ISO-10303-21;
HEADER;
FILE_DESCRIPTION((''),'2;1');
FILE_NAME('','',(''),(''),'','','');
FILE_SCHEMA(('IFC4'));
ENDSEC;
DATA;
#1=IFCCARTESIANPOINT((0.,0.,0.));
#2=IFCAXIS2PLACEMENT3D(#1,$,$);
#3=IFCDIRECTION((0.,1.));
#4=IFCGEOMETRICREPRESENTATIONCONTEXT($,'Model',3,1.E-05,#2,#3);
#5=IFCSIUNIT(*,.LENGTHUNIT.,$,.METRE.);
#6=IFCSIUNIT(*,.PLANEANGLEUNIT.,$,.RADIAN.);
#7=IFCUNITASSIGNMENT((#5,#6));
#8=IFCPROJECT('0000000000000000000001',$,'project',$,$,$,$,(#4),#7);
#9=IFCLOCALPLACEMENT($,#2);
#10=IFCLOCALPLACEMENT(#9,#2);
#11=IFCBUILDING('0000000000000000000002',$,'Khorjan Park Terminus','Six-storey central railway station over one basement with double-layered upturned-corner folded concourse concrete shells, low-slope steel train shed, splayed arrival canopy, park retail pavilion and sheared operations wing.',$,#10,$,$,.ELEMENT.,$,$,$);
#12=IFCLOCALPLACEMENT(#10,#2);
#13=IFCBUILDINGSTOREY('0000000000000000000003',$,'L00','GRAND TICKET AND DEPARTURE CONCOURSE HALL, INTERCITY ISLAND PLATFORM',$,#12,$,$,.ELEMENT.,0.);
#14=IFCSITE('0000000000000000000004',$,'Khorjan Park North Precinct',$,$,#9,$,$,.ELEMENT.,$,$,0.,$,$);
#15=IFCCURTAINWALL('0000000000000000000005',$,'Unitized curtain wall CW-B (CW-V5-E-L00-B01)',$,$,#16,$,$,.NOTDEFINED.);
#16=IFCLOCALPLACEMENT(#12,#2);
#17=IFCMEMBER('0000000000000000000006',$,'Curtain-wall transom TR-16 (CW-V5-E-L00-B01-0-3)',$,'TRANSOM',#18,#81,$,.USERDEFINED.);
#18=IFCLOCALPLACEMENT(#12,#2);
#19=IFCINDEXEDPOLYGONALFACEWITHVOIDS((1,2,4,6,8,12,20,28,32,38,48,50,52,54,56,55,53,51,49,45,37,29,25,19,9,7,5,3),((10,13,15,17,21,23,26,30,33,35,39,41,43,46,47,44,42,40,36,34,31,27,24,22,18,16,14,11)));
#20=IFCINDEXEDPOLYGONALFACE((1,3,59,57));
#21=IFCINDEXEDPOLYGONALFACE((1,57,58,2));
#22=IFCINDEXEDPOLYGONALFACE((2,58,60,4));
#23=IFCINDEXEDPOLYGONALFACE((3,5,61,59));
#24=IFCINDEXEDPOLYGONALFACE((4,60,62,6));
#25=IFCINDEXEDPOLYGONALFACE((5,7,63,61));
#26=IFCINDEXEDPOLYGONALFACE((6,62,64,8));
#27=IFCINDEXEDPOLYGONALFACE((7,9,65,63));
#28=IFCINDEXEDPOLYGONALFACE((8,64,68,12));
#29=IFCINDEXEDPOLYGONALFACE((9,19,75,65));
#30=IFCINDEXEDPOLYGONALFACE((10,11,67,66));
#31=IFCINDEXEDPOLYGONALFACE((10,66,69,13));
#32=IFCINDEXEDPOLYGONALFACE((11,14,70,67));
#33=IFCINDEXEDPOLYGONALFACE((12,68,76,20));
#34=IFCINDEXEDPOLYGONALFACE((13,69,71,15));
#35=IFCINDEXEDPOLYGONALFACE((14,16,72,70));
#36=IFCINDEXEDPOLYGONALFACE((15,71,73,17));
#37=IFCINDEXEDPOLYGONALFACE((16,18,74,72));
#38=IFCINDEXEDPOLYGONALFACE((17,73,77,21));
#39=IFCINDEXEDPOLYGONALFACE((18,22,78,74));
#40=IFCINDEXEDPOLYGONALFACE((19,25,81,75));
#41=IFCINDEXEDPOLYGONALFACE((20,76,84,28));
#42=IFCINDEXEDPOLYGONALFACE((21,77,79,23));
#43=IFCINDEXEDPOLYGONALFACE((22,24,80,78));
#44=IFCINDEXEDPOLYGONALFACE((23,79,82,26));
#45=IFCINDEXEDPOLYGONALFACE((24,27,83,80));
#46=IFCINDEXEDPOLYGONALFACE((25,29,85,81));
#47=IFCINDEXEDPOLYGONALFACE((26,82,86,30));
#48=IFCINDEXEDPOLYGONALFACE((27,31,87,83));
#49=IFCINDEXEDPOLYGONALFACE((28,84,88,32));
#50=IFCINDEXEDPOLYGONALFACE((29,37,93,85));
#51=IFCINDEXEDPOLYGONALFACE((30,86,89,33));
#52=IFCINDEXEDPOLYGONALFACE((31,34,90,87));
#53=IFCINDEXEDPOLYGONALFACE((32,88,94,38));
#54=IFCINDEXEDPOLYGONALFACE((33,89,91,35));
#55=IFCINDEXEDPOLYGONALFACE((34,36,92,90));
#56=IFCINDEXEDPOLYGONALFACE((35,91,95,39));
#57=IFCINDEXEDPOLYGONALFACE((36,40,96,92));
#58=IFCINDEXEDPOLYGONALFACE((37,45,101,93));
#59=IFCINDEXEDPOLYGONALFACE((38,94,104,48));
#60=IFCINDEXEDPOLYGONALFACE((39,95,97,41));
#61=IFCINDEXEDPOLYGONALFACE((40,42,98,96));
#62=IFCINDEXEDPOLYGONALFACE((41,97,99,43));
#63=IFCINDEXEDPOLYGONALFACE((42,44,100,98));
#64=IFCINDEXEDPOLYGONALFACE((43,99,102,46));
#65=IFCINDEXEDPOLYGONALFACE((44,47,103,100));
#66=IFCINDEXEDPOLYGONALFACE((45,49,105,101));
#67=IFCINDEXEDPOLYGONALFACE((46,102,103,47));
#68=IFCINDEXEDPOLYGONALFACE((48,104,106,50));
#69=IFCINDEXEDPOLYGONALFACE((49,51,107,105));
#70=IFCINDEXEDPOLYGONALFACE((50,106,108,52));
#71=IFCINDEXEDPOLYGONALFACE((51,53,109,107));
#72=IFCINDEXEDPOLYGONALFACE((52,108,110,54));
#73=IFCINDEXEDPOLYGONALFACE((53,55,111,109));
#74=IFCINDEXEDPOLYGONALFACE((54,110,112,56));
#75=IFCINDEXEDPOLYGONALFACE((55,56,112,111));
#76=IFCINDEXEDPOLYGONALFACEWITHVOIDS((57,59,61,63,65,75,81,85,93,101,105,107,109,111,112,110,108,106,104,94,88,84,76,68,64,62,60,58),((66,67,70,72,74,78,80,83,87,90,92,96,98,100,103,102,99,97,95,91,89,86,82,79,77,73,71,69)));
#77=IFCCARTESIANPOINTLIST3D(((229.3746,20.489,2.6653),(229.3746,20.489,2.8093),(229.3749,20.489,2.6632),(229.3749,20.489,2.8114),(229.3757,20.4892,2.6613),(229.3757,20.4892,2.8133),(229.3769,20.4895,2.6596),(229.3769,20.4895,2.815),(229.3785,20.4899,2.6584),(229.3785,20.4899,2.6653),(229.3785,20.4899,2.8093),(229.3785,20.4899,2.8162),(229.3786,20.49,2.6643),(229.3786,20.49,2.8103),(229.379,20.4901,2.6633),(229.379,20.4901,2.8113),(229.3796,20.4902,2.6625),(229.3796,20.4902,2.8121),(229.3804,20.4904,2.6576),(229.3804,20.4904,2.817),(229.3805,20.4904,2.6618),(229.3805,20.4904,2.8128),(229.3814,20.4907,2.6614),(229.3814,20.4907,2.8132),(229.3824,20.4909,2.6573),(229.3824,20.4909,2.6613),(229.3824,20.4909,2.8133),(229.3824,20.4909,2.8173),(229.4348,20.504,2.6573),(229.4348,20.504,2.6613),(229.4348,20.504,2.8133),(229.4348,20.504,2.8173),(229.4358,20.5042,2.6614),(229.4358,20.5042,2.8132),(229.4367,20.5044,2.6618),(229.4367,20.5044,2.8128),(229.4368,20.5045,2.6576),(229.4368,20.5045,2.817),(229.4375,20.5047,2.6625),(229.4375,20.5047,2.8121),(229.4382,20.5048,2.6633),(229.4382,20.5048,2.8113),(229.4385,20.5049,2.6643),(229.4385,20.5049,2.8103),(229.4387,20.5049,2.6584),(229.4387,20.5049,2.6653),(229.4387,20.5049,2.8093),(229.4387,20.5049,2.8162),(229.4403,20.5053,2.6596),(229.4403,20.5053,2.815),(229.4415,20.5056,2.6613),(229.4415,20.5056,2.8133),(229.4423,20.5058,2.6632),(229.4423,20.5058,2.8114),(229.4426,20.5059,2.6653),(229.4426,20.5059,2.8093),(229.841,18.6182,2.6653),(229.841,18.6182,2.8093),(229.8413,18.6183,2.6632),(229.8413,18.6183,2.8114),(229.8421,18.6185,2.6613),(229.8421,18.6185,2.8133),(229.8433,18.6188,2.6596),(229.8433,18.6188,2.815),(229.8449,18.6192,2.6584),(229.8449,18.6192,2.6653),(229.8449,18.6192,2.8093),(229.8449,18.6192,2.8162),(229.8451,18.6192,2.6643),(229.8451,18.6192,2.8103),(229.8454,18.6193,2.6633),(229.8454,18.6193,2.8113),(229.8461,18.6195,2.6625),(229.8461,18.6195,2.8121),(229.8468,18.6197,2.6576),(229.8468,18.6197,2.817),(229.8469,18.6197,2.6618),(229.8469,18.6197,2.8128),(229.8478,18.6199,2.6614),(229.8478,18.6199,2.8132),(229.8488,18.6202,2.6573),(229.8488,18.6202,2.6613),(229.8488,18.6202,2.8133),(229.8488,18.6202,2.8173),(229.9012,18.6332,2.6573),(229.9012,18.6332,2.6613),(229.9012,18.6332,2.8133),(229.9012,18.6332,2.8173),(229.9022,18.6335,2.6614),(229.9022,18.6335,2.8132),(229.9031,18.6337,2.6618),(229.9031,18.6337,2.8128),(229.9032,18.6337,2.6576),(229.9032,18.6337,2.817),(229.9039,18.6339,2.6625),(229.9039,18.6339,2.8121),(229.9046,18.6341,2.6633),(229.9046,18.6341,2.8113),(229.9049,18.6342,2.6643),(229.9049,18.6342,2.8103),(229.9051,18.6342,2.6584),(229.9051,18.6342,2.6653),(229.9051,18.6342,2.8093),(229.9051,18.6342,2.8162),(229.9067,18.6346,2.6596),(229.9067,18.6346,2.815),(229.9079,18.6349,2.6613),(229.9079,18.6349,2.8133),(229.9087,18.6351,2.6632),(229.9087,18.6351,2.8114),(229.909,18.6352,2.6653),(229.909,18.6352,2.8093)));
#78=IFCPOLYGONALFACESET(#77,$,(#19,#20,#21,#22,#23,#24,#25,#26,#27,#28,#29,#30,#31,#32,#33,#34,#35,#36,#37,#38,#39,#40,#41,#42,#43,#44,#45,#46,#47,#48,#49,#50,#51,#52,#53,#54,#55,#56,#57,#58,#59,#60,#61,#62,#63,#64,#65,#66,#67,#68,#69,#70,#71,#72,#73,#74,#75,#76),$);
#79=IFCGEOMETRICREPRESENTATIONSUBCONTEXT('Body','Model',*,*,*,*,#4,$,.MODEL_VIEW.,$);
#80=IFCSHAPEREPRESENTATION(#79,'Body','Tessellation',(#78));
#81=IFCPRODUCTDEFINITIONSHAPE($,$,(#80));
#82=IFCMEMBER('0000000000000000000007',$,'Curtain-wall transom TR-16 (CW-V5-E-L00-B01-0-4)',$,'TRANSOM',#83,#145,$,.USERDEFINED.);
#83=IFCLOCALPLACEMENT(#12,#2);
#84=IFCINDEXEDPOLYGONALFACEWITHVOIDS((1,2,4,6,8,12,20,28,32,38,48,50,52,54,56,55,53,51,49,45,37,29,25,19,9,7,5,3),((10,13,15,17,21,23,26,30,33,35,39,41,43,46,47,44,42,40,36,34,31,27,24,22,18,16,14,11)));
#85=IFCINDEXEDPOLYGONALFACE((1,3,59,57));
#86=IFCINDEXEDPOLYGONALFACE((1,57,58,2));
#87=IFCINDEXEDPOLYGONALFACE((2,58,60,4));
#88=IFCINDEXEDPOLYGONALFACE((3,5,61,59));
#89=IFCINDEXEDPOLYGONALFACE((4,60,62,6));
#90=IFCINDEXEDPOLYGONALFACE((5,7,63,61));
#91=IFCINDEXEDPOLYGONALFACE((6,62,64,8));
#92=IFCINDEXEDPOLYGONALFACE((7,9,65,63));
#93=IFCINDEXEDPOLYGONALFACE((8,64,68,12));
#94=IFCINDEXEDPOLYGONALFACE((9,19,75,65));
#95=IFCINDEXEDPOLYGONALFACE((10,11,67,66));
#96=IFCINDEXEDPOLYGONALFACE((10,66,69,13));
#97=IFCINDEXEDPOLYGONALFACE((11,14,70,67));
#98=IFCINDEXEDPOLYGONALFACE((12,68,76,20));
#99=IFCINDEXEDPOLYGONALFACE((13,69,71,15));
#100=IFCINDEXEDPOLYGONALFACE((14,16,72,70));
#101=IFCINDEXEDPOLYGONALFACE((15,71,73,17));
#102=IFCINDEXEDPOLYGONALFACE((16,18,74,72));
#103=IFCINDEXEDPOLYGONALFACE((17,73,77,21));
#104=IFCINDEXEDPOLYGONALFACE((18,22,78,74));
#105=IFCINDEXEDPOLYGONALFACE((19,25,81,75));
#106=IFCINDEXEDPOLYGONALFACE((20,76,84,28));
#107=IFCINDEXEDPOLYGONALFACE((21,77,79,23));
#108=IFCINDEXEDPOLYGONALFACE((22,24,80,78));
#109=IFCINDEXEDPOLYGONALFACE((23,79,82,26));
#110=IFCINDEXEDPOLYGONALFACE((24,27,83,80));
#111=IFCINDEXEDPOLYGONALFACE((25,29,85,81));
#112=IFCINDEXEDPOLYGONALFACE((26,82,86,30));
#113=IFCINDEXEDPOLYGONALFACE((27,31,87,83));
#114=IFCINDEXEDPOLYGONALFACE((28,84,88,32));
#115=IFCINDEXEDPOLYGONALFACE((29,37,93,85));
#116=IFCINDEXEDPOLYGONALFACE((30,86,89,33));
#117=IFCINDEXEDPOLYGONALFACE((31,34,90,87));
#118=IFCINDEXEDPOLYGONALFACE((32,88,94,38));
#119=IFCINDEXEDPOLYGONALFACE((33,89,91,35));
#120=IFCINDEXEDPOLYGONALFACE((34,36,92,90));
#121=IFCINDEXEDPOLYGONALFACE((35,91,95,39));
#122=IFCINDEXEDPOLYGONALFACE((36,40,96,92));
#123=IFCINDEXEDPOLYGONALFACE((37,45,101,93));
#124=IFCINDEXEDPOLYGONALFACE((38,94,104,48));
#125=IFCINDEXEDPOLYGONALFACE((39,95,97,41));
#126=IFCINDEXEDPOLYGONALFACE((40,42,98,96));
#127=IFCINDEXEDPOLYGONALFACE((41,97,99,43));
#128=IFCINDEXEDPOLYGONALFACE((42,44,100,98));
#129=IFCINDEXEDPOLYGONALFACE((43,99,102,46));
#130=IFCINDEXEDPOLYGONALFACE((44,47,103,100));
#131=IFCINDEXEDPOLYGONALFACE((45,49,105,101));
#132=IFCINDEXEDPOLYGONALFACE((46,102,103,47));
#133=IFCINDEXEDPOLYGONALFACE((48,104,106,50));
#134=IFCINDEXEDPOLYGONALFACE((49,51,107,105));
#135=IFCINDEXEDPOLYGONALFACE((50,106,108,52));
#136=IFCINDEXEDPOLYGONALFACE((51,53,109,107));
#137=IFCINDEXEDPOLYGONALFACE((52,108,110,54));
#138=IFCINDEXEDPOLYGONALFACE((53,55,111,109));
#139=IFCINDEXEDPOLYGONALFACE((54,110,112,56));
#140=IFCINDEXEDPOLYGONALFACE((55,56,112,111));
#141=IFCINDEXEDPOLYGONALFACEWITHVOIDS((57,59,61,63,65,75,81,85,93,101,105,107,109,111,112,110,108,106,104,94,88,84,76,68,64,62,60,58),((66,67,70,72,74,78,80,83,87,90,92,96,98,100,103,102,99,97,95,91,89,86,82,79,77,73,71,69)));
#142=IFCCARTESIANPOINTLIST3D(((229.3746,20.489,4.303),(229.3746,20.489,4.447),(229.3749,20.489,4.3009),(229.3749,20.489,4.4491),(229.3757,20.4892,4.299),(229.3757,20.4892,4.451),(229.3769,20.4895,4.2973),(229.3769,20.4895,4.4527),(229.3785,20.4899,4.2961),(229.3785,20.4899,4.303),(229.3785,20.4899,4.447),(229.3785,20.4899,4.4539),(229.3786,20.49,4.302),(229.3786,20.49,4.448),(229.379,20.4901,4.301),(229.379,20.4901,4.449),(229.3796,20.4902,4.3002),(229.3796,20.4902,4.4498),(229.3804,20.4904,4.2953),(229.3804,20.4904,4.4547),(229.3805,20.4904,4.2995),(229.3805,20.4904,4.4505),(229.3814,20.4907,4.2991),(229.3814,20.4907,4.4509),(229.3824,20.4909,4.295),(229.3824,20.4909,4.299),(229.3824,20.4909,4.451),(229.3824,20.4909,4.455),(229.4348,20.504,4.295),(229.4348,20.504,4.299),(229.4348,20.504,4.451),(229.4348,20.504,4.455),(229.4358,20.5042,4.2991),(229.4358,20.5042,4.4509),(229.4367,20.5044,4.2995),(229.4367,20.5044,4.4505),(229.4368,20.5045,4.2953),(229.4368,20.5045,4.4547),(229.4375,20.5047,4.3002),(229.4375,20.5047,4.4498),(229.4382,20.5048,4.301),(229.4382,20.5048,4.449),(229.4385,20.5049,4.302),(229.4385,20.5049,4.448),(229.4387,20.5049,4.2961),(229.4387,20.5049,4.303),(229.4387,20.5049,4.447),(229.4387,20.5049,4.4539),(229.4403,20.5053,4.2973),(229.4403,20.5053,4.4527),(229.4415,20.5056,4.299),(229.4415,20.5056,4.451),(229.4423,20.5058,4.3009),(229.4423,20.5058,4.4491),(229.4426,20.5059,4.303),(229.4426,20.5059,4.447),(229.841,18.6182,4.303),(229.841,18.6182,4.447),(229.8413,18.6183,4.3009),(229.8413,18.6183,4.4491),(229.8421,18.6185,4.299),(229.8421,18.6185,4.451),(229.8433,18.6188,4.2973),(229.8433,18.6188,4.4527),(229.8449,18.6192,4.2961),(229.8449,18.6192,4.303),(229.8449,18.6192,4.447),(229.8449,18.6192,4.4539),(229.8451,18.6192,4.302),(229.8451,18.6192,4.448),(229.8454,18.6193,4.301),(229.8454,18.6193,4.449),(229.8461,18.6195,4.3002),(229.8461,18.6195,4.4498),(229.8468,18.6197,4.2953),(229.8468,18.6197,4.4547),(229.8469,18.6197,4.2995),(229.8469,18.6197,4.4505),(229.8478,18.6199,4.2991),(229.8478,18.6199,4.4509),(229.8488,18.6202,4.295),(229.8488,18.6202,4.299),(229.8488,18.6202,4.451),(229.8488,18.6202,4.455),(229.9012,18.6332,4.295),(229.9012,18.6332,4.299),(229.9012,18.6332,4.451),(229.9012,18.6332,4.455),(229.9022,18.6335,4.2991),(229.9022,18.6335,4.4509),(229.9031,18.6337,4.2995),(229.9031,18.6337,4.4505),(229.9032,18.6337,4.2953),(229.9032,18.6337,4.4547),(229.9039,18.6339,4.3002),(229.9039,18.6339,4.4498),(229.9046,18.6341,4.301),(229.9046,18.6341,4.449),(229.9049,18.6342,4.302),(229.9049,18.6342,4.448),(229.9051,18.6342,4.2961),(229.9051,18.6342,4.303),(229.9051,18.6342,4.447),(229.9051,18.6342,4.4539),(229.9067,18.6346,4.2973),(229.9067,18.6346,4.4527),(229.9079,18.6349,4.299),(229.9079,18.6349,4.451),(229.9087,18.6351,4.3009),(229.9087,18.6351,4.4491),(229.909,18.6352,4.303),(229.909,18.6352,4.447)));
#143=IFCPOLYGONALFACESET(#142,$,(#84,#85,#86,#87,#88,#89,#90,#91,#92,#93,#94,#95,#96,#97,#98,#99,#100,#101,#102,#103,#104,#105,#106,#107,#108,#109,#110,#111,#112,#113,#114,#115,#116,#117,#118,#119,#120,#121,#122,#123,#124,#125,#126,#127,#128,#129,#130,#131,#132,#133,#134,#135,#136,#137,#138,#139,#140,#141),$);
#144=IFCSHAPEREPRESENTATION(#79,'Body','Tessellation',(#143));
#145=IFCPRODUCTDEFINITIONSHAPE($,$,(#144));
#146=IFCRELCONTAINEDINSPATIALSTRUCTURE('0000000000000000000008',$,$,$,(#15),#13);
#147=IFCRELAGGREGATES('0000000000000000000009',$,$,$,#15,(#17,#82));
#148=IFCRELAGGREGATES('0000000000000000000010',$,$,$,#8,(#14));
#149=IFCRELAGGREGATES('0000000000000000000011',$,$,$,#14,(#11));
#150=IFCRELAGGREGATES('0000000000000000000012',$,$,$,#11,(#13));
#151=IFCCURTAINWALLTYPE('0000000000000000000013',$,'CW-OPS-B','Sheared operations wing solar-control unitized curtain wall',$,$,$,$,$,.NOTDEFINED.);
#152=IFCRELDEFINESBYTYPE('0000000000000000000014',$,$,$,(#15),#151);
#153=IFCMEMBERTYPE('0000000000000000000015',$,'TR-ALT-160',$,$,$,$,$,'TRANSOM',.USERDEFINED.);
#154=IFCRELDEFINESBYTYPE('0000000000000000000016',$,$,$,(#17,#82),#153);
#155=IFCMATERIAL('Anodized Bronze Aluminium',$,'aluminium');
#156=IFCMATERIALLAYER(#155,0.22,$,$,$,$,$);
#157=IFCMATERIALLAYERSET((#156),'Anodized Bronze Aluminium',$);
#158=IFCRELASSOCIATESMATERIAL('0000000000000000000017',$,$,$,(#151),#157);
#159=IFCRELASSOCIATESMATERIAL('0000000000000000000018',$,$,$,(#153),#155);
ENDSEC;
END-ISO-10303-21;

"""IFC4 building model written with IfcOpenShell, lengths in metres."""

from ifc_helpers import new_model, si_unit, direction, frame, origin, origin_2d, place, context, subcontext, project, spatial, hollow_rectangle, extrude, material, layer, layer_set, material_profile, profile_set, type_object, element, aggregate, save


model = new_model("IFC4")

# Units and contexts
model_context = context("Model", 3, precision=1e-05, world=origin(), true_north=direction((0.0, 1.0)))
body_context = subcontext(model_context, "Body", "Model", "MODEL_VIEW")
ifc_project = project(units=[si_unit("LENGTHUNIT", "METRE"), si_unit("PLANEANGLEUNIT", "RADIAN")], contexts=[model_context])

# Site, building, storey
site_placement = place(None, origin())
site = spatial("IfcSite", under=ifc_project, at=site_placement, Name="Khorjan Park North Precinct", CompositionType="ELEMENT", RefElevation=0.0)
building_placement = place(site_placement, origin())
building = spatial("IfcBuilding", under=site, at=building_placement, Name="Khorjan Park Terminus", Description="Six-storey central railway station over one basement with double-layered upturned-corner folded concourse concrete shells, low-slope steel train shed, splayed arrival canopy, park retail pavilion and sheared operations wing.", CompositionType="ELEMENT")
storey_placement = place(building_placement, origin())
storey = spatial("IfcBuildingStorey", under=building, at=storey_placement, Name="L00", Description="GRAND TICKET AND DEPARTURE CONCOURSE HALL, INTERCITY ISLAND PLATFORM", CompositionType="ELEMENT", Elevation=0.0)

# Curtain wall, members
ifc_material_1 = material(Name="Anodized Bronze Aluminium", Category="aluminium")
ifc_layer_1 = layer(ifc_material_1, 0.22)
ifc_layer_set_1 = layer_set([ifc_layer_1], Name="Anodized Bronze Aluminium")
curtain_wall_type = type_object("IfcCurtainWallType", Name="CW-OPS-B", Description="Sheared operations wing solar-control unitized curtain wall", PredefinedType="NOTDEFINED", material=ifc_layer_set_1)
curtain_wall_placement = place(storey_placement, origin())
curtain_wall = element("IfcCurtainWall", 1, at=curtain_wall_placement, inside=storey, type_object=curtain_wall_type, Name="Unitized curtain wall CW-B (CW-V5-E-L00-B01)", PredefinedType="NOTDEFINED")
ifc_material_profile_1 = material_profile(ifc_material_1, hollow_rectangle(XDim=0.07, YDim=0.16, WallThickness=0.004, InnerFilletRadius=0.004, OuterFilletRadius=0.008, at=origin_2d()), Name="ALT 70x160x4")
ifc_profile_set_1 = profile_set([ifc_material_profile_1], Name="Anodized Bronze Aluminium")
member_type_1 = type_object("IfcMemberType", Name="TR-ALT-160", ElementType="TRANSOM", PredefinedType="USERDEFINED", material=ifc_profile_set_1)
member_1_placement = place(storey_placement, frame((229.875, 18.6267, 2.7373), z_axis=(-0.241913, 0.970298, 0.0), x_axis=(-0.970298, -0.241913, 0.0)))
member_1 = element("IfcMember", 2, at=member_1_placement, type_object=member_type_1, Name="Curtain-wall transom TR-16 (CW-V5-E-L00-B01-0-3)", ObjectType="TRANSOM", PredefinedType="USERDEFINED", context=body_context, shape_type="SweptSolid", body=[
    extrude(hollow_rectangle(XDim=0.07, YDim=0.16, WallThickness=0.004, InnerFilletRadius=0.004, OuterFilletRadius=0.008, at=origin_2d()), origin(), (0.0, 0.0, 1.0), 1.928),
])
member_2_placement = place(storey_placement, frame((229.875, 18.6267, 4.375), z_axis=(-0.241913, 0.970298, 0.0), x_axis=(-0.970298, -0.241913, 0.0)))
member_2 = element("IfcMember", 3, at=member_2_placement, type_object=member_type_1, Name="Curtain-wall transom TR-16 (CW-V5-E-L00-B01-0-4)", ObjectType="TRANSOM", PredefinedType="USERDEFINED", context=body_context, shape_type="SweptSolid", body=[
    extrude(hollow_rectangle(XDim=0.07, YDim=0.16, WallThickness=0.004, InnerFilletRadius=0.004, OuterFilletRadius=0.008, at=origin_2d()), origin(), (0.0, 0.0, 1.0), 1.928),
])
aggregate(curtain_wall, [member_1, member_2])

save(model, "model.ifc")
